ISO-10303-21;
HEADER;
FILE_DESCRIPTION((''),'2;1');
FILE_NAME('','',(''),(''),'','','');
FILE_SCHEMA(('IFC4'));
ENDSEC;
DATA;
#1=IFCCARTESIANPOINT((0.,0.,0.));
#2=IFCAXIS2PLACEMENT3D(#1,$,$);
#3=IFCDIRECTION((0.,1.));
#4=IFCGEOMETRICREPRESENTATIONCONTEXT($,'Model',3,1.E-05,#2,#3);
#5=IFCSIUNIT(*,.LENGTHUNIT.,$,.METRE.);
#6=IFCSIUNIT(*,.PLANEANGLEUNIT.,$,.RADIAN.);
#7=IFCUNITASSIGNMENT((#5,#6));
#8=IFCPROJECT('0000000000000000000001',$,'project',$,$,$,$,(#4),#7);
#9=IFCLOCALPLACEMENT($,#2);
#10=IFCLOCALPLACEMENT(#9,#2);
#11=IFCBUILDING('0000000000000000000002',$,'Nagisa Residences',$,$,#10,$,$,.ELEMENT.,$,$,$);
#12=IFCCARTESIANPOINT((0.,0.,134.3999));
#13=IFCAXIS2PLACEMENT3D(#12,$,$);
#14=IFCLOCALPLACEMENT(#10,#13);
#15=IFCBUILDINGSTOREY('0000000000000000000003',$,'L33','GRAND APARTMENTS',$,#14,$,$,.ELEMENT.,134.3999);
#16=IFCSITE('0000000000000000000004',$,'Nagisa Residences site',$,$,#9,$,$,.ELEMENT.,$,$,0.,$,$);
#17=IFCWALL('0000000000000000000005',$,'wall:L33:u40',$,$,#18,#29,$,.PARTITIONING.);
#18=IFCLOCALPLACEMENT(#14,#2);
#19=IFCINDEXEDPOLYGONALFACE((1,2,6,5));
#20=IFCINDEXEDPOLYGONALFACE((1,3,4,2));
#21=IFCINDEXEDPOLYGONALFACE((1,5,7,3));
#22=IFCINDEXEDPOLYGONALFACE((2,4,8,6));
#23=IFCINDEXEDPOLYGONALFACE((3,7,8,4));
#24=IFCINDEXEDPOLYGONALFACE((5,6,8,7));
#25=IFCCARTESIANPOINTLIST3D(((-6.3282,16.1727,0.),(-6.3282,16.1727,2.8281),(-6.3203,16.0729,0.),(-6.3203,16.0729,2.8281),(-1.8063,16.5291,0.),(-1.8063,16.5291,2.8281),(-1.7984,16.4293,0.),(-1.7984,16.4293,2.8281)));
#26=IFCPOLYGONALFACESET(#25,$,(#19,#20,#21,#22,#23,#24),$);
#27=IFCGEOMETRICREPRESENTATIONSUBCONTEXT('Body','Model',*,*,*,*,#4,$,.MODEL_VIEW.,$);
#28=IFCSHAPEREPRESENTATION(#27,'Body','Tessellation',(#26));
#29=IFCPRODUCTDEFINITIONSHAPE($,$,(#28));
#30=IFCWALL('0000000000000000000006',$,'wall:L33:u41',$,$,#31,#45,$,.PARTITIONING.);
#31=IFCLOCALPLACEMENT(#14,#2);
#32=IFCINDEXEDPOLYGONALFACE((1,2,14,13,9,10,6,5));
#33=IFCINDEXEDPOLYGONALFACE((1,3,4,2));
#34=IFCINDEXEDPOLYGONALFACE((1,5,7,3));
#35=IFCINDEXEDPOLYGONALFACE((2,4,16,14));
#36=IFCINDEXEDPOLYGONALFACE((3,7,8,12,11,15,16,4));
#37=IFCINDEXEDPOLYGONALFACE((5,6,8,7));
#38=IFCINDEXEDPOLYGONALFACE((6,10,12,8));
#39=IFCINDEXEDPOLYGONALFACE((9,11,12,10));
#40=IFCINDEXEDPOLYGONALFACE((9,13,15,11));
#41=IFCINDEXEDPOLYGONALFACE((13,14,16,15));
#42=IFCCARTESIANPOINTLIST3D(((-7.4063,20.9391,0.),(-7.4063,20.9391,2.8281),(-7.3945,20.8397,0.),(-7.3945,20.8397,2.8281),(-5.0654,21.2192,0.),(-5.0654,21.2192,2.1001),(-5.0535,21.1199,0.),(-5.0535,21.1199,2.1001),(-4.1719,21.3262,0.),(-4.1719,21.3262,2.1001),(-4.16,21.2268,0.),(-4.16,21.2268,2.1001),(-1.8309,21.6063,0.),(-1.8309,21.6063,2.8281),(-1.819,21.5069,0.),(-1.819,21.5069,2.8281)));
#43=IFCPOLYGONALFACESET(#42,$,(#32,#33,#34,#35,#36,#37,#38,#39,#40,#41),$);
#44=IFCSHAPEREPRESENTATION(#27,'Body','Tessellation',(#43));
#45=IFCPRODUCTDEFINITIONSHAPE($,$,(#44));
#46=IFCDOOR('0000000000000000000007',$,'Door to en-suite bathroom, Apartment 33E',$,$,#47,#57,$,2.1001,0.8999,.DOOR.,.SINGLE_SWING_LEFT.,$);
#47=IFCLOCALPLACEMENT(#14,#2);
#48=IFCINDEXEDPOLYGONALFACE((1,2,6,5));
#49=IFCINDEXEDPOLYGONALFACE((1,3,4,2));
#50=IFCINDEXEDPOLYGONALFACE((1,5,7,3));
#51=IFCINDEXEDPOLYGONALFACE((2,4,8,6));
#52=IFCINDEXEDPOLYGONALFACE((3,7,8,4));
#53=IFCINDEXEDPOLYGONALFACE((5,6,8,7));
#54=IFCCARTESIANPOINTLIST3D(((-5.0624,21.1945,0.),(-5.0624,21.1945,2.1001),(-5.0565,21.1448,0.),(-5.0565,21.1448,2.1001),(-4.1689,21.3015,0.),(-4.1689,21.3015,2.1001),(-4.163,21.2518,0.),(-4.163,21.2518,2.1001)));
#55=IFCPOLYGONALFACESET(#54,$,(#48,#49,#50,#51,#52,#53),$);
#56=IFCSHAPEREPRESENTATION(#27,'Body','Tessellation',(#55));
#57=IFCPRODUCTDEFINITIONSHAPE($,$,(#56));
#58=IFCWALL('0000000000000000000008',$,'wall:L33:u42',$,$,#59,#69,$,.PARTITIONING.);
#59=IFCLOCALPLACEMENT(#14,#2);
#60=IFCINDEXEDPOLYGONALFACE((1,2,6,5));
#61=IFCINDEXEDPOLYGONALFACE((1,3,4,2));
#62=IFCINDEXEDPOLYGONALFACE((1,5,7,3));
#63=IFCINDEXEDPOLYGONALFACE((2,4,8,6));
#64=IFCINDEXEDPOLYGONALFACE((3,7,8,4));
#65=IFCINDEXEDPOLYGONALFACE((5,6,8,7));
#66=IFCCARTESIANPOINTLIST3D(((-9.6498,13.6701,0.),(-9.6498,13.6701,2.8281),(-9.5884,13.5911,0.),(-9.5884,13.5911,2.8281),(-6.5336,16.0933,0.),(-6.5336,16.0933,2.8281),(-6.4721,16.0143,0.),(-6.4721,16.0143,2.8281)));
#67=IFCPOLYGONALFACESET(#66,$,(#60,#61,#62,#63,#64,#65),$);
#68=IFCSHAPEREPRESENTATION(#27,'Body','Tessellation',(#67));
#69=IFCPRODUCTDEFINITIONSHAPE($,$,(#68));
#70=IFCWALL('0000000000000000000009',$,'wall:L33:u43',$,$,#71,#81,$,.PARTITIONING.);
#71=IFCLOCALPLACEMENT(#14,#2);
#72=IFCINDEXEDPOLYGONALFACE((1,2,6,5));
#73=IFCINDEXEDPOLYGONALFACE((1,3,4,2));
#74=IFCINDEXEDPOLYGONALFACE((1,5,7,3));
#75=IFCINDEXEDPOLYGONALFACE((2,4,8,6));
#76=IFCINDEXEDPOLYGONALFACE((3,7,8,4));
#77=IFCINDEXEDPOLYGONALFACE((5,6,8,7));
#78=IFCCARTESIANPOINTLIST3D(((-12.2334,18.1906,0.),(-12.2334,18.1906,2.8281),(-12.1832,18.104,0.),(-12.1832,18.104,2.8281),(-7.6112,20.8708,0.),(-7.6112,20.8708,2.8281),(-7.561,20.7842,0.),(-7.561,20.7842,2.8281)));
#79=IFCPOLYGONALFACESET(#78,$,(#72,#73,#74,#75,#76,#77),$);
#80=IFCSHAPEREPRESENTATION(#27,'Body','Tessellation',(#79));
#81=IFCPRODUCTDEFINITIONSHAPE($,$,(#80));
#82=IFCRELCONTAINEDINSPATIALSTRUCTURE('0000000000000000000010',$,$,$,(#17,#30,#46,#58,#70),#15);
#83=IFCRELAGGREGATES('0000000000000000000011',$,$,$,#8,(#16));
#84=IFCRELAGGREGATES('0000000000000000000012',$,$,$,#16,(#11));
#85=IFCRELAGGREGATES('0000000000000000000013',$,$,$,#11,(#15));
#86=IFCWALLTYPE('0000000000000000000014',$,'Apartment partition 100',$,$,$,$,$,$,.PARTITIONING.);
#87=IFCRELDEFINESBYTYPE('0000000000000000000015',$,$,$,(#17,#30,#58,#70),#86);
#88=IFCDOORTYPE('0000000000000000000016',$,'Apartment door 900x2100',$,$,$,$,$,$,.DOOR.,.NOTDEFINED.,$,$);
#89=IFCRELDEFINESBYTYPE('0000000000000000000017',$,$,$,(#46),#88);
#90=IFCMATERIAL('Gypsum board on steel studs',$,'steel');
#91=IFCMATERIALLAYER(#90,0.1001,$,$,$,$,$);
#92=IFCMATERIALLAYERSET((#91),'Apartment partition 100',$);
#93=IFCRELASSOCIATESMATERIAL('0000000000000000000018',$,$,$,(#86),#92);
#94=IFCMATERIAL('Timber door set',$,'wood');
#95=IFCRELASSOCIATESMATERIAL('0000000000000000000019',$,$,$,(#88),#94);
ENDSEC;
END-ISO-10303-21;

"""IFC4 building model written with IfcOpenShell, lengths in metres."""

from ifc_helpers import new_model, si_unit, direction, frame, frame_2d, origin, place, context, subcontext, project, spatial, rectangle, extrude, material, layer, layer_set, type_object, element, fill, save


model = new_model("IFC4")

# Units and contexts
model_context = context("Model", 3, precision=1e-05, world=origin(), true_north=direction((0.0, 1.0)))
body_context = subcontext(model_context, "Body", "Model", "MODEL_VIEW")
ifc_project = project(units=[si_unit("LENGTHUNIT", "METRE"), si_unit("PLANEANGLEUNIT", "RADIAN")], contexts=[model_context])

# Site, building, storey
site_placement = place(None, origin())
site = spatial("IfcSite", under=ifc_project, at=site_placement, Name="Nagisa Residences site", CompositionType="ELEMENT", RefElevation=0.0)
building_placement = place(site_placement, origin())
building = spatial("IfcBuilding", under=site, at=building_placement, Name="Nagisa Residences", CompositionType="ELEMENT")
storey_placement = place(building_placement, frame((0.0, 0.0, 134.3999)))
storey = spatial("IfcBuildingStorey", under=building, at=storey_placement, Name="L33", Description="GRAND APARTMENTS", CompositionType="ELEMENT", Elevation=134.3999)

# Shared definitions
ifc_material_1 = material(Name="Gypsum board on steel studs", Category="steel")
ifc_layer_1 = layer(ifc_material_1, 0.1001)
ifc_layer_set_1 = layer_set([ifc_layer_1], Name="Apartment partition 100")
wall_type_1 = type_object("IfcWallType", Name="Apartment partition 100", PredefinedType="PARTITIONING", material=ifc_layer_set_1)
ifc_material_2 = material(Name="Timber door set", Category="wood")
door_type_1 = type_object("IfcDoorType", Name="Apartment door 900x2100", OperationType="NOTDEFINED", PredefinedType="DOOR", material=ifc_material_2)

# Wall
wall_1_placement = place(storey_placement, frame((-1.8022, 16.4792, 0.0), z_axis=(0.0, 0.0, 1.0), x_axis=(-0.996908, -0.078581, 0.0)))
element("IfcWall", 1, at=wall_1_placement, inside=storey, type_object=wall_type_1, Name="wall:L33:u40", PredefinedType="PARTITIONING", context=body_context, shape_type="SweptSolid", body=[
    extrude(rectangle(XDim=4.5359, YDim=0.1001, at=frame_2d((2.2681, 0.0))), origin(), (0.0, 0.0, 1.0), 2.8281),
])

# Wall, opening, door
wall_2_placement = place(storey_placement, frame((-1.825, 21.5566, 0.0), z_axis=(0.0, 0.0, 1.0), x_axis=(-0.992915, -0.118826, 0.0)))
wall_2 = element("IfcWall", 2, at=wall_2_placement, inside=storey, type_object=wall_type_1, Name="wall:L33:u41", PredefinedType="PARTITIONING", context=body_context, shape_type="SweptSolid", body=[
    extrude(rectangle(XDim=5.6152, YDim=0.1001, at=frame_2d((2.8076, 0.0))), origin(), (0.0, 0.0, 1.0), 2.8281),
])
opening_1_placement = place(wall_2_placement, frame((2.3577, 0.0, 0.0)))
opening_1 = element("IfcOpeningElement", 3, at=opening_1_placement, cuts=wall_2, PredefinedType="OPENING", context=body_context, shape_type="SweptSolid", body=[
    extrude(rectangle(XDim=0.8999, YDim=2.1001, at=frame_2d((0.45, 1.05))), frame((0.0, 0.0601, 0.0), z_axis=(0.0, -1.0, 0.0), x_axis=(1.0, 0.0, 0.0)), (0.0, 0.0, 1.0), 0.1201),
])
door_1_placement = place(opening_1_placement, origin())
door_1 = element("IfcDoor", 4, at=door_1_placement, inside=storey, type_object=door_type_1, Name="Door to en-suite bathroom, Apartment 33E", OperationType="SINGLE_SWING_LEFT", OverallHeight=2.1001, OverallWidth=0.8999, PredefinedType="DOOR", context=body_context, shape_type="SweptSolid", body=[
    extrude(rectangle(XDim=0.8999, YDim=2.1001, at=frame_2d((0.45, 1.05))), frame((0.0, 0.0249, 0.0), z_axis=(0.0, -1.0, 0.0), x_axis=(1.0, 0.0, 0.0)), (0.0, 0.0, 1.0), 0.05),
])
fill(opening_1, door_1)

# Walls
wall_3_placement = place(storey_placement, frame((-6.5029, 16.0537, 0.0), z_axis=(0.0, 0.0, 1.0), x_axis=(-0.789429, -0.613842, 0.0)))
element("IfcWall", 5, at=wall_3_placement, inside=storey, type_object=wall_type_1, Name="wall:L33:u42", PredefinedType="PARTITIONING", context=body_context, shape_type="SweptSolid", body=[
    extrude(rectangle(XDim=3.9475, YDim=0.1001, at=frame_2d((1.9736, 0.0))), origin(), (0.0, 0.0, 1.0), 2.8281),
])
wall_4_placement = place(storey_placement, frame((-7.5862, 20.8274, 0.0), z_axis=(0.0, 0.0, 1.0), x_axis=(-0.865093, -0.501611, 0.0)))
element("IfcWall", 6, at=wall_4_placement, inside=storey, type_object=wall_type_1, Name="wall:L33:u43", PredefinedType="PARTITIONING", context=body_context, shape_type="SweptSolid", body=[
    extrude(rectangle(XDim=5.343, YDim=0.1001, at=frame_2d((2.6714, 0.0))), origin(), (0.0, 0.0, 1.0), 2.8281),
])

save(model, "model.ifc")
